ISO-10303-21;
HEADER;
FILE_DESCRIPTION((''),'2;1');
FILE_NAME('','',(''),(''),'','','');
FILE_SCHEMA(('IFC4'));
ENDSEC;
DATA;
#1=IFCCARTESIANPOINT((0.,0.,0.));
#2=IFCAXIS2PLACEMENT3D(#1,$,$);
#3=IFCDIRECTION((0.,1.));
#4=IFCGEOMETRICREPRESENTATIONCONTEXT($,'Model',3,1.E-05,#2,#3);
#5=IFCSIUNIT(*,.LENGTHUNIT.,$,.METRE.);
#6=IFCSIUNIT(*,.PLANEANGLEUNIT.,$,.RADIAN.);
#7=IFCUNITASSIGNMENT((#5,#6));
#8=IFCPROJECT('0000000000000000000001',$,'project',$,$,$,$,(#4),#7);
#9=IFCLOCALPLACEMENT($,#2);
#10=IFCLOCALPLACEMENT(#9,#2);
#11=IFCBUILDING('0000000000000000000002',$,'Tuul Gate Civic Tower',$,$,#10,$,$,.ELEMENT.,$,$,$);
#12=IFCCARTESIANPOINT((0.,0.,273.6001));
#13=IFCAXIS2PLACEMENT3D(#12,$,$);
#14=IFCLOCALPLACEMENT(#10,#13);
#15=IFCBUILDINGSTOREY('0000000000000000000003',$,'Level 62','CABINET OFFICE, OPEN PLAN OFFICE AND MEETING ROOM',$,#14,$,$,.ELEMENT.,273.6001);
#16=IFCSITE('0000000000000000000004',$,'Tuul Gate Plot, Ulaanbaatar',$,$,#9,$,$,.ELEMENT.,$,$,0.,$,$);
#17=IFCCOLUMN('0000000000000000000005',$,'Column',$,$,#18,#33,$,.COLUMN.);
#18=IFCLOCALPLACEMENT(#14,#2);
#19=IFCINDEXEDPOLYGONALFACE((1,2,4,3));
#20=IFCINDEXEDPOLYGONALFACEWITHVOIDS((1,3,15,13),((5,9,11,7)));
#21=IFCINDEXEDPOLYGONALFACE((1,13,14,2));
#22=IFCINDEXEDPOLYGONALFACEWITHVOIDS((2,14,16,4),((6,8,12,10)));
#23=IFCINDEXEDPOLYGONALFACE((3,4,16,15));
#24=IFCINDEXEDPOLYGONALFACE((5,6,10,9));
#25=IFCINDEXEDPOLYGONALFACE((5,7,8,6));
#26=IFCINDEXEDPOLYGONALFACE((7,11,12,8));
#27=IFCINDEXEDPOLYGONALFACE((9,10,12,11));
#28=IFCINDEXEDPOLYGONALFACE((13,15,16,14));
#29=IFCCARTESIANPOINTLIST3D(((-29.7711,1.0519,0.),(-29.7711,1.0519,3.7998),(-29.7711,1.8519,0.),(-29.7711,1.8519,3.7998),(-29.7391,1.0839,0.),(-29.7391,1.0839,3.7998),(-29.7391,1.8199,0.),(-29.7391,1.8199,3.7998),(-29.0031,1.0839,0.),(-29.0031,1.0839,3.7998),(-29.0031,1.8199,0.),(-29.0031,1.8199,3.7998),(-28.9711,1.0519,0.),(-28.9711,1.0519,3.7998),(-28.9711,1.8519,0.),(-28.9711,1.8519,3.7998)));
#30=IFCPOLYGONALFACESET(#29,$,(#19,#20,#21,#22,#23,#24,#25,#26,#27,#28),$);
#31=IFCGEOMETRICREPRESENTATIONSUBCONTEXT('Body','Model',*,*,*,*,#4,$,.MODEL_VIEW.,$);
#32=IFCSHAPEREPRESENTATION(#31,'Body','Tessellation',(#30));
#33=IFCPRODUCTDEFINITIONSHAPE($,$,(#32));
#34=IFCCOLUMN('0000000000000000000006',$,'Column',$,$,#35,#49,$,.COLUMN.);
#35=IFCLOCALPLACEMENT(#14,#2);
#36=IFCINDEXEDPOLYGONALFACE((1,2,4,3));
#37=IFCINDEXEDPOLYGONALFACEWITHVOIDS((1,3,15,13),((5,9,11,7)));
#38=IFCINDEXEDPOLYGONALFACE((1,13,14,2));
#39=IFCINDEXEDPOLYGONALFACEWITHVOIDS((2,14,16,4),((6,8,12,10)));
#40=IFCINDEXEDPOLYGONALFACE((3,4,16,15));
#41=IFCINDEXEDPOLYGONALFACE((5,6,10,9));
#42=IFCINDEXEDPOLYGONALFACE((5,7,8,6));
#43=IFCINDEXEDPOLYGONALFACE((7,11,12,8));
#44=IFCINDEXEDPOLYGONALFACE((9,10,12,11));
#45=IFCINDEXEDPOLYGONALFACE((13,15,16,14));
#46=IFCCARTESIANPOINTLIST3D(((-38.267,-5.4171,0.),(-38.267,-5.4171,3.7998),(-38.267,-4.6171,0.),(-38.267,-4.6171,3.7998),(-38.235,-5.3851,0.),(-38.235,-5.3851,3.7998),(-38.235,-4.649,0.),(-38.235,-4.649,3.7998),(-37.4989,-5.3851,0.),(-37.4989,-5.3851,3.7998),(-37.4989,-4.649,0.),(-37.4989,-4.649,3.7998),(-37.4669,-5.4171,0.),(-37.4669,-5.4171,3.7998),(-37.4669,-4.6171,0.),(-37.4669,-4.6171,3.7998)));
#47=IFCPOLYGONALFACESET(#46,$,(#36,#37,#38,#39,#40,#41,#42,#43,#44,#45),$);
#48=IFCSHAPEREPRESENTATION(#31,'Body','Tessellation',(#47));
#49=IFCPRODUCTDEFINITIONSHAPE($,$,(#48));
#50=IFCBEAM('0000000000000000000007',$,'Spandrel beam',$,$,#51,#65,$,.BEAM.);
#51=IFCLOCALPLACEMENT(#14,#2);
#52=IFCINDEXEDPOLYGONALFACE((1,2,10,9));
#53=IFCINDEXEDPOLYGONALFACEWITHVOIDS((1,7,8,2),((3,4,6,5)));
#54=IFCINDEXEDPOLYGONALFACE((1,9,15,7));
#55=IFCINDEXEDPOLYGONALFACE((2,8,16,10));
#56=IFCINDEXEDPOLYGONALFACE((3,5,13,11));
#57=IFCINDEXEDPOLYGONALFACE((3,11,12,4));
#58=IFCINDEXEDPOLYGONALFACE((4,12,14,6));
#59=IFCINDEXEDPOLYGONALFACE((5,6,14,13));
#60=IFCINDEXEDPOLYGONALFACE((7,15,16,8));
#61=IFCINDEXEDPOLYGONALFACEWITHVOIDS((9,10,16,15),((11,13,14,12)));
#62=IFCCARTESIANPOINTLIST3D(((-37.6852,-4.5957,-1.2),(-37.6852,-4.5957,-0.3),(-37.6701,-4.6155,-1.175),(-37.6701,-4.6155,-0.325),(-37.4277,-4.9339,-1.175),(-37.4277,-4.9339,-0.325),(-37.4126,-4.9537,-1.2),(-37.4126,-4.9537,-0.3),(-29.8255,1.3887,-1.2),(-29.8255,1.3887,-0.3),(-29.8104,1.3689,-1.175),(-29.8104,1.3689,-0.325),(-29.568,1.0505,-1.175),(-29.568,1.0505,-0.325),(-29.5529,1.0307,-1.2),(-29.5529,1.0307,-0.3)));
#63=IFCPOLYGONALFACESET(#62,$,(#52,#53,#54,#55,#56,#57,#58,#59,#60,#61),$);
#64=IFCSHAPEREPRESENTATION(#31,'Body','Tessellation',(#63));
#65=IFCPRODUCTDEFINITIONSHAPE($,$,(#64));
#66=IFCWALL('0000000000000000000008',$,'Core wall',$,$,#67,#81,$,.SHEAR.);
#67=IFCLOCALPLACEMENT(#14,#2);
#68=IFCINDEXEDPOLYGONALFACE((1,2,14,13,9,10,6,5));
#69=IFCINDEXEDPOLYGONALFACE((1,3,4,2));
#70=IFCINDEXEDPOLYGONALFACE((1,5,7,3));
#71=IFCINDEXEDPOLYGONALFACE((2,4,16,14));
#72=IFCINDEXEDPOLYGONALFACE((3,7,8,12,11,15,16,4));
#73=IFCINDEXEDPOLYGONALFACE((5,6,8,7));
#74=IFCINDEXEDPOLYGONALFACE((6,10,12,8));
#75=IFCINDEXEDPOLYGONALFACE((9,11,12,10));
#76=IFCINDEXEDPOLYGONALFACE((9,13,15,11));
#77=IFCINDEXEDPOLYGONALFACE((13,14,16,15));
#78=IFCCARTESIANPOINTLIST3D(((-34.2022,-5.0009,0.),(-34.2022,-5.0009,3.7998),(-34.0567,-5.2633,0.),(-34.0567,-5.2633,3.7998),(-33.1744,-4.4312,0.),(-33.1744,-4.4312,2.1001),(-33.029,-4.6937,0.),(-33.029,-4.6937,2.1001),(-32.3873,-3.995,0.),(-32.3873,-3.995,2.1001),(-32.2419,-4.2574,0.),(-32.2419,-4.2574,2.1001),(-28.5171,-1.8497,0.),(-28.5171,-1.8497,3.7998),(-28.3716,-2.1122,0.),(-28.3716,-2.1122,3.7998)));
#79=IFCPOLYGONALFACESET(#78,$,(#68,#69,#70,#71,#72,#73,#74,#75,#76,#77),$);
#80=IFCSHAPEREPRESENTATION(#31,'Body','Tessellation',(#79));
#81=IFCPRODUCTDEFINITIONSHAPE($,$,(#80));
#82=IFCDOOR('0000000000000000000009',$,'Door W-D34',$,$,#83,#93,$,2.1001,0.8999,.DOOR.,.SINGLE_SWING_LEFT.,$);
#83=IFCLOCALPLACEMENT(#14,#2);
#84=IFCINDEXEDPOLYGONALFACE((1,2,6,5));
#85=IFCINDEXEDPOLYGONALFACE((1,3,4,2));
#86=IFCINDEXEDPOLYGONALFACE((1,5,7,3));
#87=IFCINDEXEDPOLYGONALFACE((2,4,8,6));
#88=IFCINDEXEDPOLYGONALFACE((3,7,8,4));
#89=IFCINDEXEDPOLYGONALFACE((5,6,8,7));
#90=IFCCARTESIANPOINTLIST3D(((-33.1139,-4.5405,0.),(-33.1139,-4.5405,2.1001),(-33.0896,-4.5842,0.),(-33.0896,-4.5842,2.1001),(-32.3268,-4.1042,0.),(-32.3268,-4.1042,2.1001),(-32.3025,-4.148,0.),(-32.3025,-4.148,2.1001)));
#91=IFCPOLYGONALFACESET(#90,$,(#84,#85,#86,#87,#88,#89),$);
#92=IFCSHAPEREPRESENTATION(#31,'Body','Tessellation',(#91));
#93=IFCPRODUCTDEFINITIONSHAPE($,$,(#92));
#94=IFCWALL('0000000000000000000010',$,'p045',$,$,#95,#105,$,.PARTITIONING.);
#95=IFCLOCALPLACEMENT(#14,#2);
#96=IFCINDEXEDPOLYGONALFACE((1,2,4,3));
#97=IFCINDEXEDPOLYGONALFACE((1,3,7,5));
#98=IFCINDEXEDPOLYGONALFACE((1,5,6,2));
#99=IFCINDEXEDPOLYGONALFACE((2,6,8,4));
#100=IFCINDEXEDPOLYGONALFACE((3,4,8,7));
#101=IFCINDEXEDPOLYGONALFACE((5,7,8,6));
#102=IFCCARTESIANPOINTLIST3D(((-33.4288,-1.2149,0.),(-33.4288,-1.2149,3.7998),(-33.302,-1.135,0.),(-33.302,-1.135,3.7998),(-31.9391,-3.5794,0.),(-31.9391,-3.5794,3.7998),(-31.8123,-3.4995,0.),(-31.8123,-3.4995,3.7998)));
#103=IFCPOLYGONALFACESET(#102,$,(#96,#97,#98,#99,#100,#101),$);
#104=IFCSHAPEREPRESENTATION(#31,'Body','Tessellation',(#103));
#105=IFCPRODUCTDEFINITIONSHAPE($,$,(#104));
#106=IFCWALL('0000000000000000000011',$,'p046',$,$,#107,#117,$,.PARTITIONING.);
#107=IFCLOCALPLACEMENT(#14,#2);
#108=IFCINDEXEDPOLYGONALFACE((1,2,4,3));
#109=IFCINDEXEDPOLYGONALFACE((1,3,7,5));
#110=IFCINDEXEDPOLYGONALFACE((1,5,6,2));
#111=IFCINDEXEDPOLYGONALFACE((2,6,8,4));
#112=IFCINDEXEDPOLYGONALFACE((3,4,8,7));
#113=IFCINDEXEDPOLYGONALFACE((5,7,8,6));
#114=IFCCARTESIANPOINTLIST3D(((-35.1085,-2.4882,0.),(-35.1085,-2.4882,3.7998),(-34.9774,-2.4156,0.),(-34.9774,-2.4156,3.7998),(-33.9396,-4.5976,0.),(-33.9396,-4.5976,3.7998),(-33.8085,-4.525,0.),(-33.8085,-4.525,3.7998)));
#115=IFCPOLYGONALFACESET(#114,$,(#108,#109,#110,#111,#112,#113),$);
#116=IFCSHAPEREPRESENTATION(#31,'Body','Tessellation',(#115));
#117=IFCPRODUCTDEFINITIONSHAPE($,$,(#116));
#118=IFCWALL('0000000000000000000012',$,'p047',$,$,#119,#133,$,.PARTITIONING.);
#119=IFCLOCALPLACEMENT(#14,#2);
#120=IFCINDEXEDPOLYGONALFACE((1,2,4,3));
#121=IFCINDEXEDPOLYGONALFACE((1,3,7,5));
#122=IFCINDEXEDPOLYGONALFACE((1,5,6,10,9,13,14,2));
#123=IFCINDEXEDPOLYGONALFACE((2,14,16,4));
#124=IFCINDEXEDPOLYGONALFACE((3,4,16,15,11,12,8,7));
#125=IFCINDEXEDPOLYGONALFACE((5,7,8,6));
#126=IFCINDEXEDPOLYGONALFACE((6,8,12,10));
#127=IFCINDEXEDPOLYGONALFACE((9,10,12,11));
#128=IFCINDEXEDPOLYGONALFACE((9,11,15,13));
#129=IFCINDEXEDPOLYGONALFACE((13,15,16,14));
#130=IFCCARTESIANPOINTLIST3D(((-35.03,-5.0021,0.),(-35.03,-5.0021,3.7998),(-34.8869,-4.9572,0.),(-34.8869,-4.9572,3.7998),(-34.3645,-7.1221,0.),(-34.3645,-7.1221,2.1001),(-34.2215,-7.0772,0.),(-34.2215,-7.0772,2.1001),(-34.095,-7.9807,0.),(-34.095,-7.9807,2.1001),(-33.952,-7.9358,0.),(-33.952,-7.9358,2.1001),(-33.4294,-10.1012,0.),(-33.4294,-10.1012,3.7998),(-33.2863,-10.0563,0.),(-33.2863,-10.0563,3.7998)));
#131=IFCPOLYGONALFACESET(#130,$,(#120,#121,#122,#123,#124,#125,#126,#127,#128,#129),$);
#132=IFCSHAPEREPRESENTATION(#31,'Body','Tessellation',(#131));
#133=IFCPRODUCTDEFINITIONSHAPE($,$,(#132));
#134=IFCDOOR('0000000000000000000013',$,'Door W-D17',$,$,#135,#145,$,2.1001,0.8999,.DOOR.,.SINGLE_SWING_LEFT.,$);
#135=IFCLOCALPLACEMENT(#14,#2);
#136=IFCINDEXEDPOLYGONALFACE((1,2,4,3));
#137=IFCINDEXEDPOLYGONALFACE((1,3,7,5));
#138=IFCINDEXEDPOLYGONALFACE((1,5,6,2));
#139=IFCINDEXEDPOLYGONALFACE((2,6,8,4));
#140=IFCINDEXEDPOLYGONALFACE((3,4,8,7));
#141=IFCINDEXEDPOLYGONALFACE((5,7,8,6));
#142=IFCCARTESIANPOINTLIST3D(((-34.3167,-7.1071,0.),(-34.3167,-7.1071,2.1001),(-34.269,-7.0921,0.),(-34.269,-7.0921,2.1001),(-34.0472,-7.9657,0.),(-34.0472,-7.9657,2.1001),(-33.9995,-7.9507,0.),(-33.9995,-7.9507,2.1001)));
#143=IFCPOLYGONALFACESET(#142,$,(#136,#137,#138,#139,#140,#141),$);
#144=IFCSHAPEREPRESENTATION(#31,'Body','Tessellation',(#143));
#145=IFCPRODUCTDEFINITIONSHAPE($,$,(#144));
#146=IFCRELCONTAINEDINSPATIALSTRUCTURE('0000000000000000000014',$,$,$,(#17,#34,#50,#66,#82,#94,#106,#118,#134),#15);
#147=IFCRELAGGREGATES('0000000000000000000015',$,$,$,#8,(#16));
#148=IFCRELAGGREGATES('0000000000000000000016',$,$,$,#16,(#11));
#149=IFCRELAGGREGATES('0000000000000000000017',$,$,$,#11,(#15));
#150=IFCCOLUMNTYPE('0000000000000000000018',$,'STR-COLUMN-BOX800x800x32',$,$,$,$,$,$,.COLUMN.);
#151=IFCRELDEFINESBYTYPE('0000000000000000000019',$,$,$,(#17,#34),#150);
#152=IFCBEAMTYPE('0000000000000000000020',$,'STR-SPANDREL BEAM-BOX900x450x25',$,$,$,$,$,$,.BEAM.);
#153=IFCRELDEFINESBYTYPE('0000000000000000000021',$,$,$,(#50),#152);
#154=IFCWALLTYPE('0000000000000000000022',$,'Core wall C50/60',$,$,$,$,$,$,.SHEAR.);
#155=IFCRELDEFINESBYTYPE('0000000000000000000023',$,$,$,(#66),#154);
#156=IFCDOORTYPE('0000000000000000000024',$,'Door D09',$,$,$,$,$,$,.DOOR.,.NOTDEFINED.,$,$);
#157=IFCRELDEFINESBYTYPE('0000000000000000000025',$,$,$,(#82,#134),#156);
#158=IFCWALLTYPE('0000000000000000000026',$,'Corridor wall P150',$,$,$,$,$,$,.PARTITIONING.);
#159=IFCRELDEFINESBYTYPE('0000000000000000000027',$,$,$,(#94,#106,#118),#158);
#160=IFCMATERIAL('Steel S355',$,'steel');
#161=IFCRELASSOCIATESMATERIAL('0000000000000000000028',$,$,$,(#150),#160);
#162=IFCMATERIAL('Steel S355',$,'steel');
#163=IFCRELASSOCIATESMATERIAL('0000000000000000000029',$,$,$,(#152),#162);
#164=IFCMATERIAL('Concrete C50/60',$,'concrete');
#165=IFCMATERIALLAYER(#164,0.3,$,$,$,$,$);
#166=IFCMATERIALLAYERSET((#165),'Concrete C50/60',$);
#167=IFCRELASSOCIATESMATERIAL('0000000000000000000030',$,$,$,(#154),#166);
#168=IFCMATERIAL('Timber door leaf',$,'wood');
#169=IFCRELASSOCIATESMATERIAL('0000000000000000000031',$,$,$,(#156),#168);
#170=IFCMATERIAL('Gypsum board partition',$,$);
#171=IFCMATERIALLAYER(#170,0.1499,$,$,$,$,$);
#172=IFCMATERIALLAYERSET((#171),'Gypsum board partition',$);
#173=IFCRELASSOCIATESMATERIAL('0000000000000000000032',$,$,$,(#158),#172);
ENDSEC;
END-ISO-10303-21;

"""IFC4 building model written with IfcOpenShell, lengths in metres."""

from ifc_helpers import new_model, si_unit, direction, frame, frame_2d, origin, origin_2d, place, context, subcontext, project, spatial, rectangle, hollow_rectangle, extrude, material, layer, layer_set, material_profile, profile_set, type_object, element, fill, save


model = new_model("IFC4")

# Units and contexts
model_context = context("Model", 3, precision=1e-05, world=origin(), true_north=direction((0.0, 1.0)))
body_context = subcontext(model_context, "Body", "Model", "MODEL_VIEW")
ifc_project = project(units=[si_unit("LENGTHUNIT", "METRE"), si_unit("PLANEANGLEUNIT", "RADIAN")], contexts=[model_context])

# Site, building, storey
site_placement = place(None, origin())
site = spatial("IfcSite", under=ifc_project, at=site_placement, Name="Tuul Gate Plot, Ulaanbaatar", CompositionType="ELEMENT", RefElevation=0.0)
building_placement = place(site_placement, origin())
building = spatial("IfcBuilding", under=site, at=building_placement, Name="Tuul Gate Civic Tower", CompositionType="ELEMENT")
storey_placement = place(building_placement, frame((0.0, 0.0, 273.6001)))
storey = spatial("IfcBuildingStorey", under=building, at=storey_placement, Name="Level 62", Description="CABINET OFFICE, OPEN PLAN OFFICE AND MEETING ROOM", CompositionType="ELEMENT", Elevation=273.6001)

# Columns
ifc_material_1 = material(Name="Steel S355", Category="steel")
ifc_material_profile_1 = material_profile(ifc_material_1, hollow_rectangle(XDim=0.8, YDim=0.8, WallThickness=0.032, at=origin_2d()), Name="BOX800x800x32")
ifc_profile_set_1 = profile_set([ifc_material_profile_1], Name="Steel S355")
column_type = type_object("IfcColumnType", Name="STR-COLUMN-BOX800x800x32", PredefinedType="COLUMN", material=ifc_profile_set_1)
for number, where, z_axis, x_axis, name in (
    (1, (-29.3711, 1.4519, 0.0), (0.0, 0.0, 1.0), (1.0, 0.0, 0.0), "Column"),
    (2, (-37.8669, -5.0171, 0.0), (0.0, 0.0, 1.0), (1.0, 0.0, 0.0), "Column"),
):
    element("IfcColumn", number, at=place(storey_placement, frame(where, z_axis=z_axis, x_axis=x_axis)), inside=storey, type_object=column_type, Name=name, PredefinedType="COLUMN", context=body_context, shape_type="SweptSolid", body=[
        extrude(hollow_rectangle(XDim=0.8, YDim=0.8, WallThickness=0.032, at=origin_2d()), origin(), (0.0, 0.0, 1.0), 3.7998),
    ])

# Beam
ifc_material_2 = material(Name="Steel S355", Category="steel")
ifc_material_profile_2 = material_profile(ifc_material_2, hollow_rectangle(XDim=0.45, YDim=0.8999, WallThickness=0.0249, at=origin_2d()), Name="BOX900x450x25")
ifc_profile_set_2 = profile_set([ifc_material_profile_2], Name="Steel S355")
beam_type = type_object("IfcBeamType", Name="STR-SPANDREL BEAM-BOX900x450x25", PredefinedType="BEAM", material=ifc_profile_set_2)
beam_placement = place(storey_placement, frame((-29.6892, 1.2097, -0.75), z_axis=(-0.795622, -0.605793, 0.0), x_axis=(0.605793, -0.795622, 0.0)))
element("IfcBeam", 3, at=beam_placement, inside=storey, type_object=beam_type, Name="Spandrel beam", PredefinedType="BEAM", context=body_context, shape_type="SweptSolid", body=[
    extrude(hollow_rectangle(XDim=0.45, YDim=0.8999, WallThickness=0.0249, at=origin_2d()), origin(), (0.0, 0.0, 1.0), 9.8787),
])

# Wall, opening, door
ifc_material_3 = material(Name="Concrete C50/60", Category="concrete")
ifc_layer_1 = layer(ifc_material_3, 0.3)
ifc_layer_set_1 = layer_set([ifc_layer_1], Name="Concrete C50/60")
wall_type_1 = type_object("IfcWallType", Name="Core wall C50/60", PredefinedType="SHEAR", material=ifc_layer_set_1)
wall_1_placement = place(storey_placement, frame((-28.4443, -1.981, 0.0), z_axis=(0.0, 0.0, 1.0), x_axis=(-0.87463, -0.484791, 0.0)))
wall_1 = element("IfcWall", 4, at=wall_1_placement, inside=storey, type_object=wall_type_1, Name="Core wall", PredefinedType="SHEAR", context=body_context, shape_type="SweptSolid", body=[
    extrude(rectangle(XDim=6.5, YDim=0.3, at=frame_2d((3.25, 0.0))), origin(), (0.0, 0.0, 1.0), 3.7998),
])
opening_1_placement = place(wall_1_placement, frame((4.425, 0.0, 0.0)))
opening_1 = element("IfcOpeningElement", 5, at=opening_1_placement, cuts=wall_1, PredefinedType="OPENING", context=body_context, shape_type="SweptSolid", body=[
    extrude(rectangle(XDim=0.8999, YDim=2.1001, at=frame_2d((0.45, 1.05))), frame((0.0, 0.1602, 0.0), z_axis=(0.0, -1.0, 0.0), x_axis=(1.0, 0.0, 0.0)), (0.0, 0.0, 1.0), 0.3201),
])
ifc_material_4 = material(Name="Timber door leaf", Category="wood")
door_type = type_object("IfcDoorType", Name="Door D09", OperationType="NOTDEFINED", PredefinedType="DOOR", material=ifc_material_4)
door_1_placement = place(opening_1_placement, origin())
door_1 = element("IfcDoor", 6, at=door_1_placement, inside=storey, type_object=door_type, Name="Door W-D34", OperationType="SINGLE_SWING_LEFT", OverallHeight=2.1001, OverallWidth=0.8999, PredefinedType="DOOR", context=body_context, shape_type="SweptSolid", body=[
    extrude(rectangle(XDim=0.8999, YDim=2.1001, at=frame_2d((0.45, 1.05))), frame((0.0, 0.0249, 0.0), z_axis=(0.0, -1.0, 0.0), x_axis=(1.0, 0.0, 0.0)), (0.0, 0.0, 1.0), 0.05),
])
fill(opening_1, door_1)

# Walls
ifc_material_5 = material(Name="Gypsum board partition")
ifc_layer_2 = layer(ifc_material_5, 0.1499)
ifc_layer_set_2 = layer_set([ifc_layer_2], Name="Gypsum board partition")
wall_type_2 = type_object("IfcWallType", Name="Corridor wall P150", PredefinedType="PARTITIONING", material=ifc_layer_set_2)
wall_2_placement = place(storey_placement, frame((-33.3655, -1.1748, 0.0), z_axis=(0.0, 0.0, 1.0), x_axis=(0.533066, -0.846074, 0.0)))
element("IfcWall", 7, at=wall_2_placement, inside=storey, type_object=wall_type_2, Name="p045", PredefinedType="PARTITIONING", context=body_context, shape_type="SweptSolid", body=[
    extrude(rectangle(XDim=2.7947, YDim=0.1499, at=frame_2d((1.3975, 0.0))), origin(), (0.0, 0.0, 1.0), 3.7998),
])
wall_3_placement = place(storey_placement, frame((-35.043, -2.4519, 0.0), z_axis=(0.0, 0.0, 1.0), x_axis=(0.484714, -0.874673, 0.0)))
element("IfcWall", 8, at=wall_3_placement, inside=storey, type_object=wall_type_2, Name="p046", PredefinedType="PARTITIONING", context=body_context, shape_type="SweptSolid", body=[
    extrude(rectangle(XDim=2.4116, YDim=0.1499, at=frame_2d((1.2058, 0.0))), origin(), (0.0, 0.0, 1.0), 3.7998),
])

# Wall, opening, door
wall_4_placement = place(storey_placement, frame((-34.9585, -4.9795, 0.0), z_axis=(0.0, 0.0, 1.0), x_axis=(0.299487, -0.9541, 0.0)))
wall_4 = element("IfcWall", 9, at=wall_4_placement, inside=storey, type_object=wall_type_2, Name="p047", PredefinedType="PARTITIONING", context=body_context, shape_type="SweptSolid", body=[
    extrude(rectangle(XDim=5.3445, YDim=0.1499, at=frame_2d((2.6724, 0.0))), origin(), (0.0, 0.0, 1.0), 3.7998),
])
opening_2_placement = place(wall_4_placement, frame((2.2222, 0.0, 0.0)))
opening_2 = element("IfcOpeningElement", 10, at=opening_2_placement, cuts=wall_4, PredefinedType="OPENING", context=body_context, shape_type="SweptSolid", body=[
    extrude(rectangle(XDim=0.8999, YDim=2.1001, at=frame_2d((0.45, 1.05))), frame((0.0, 0.085, 0.0), z_axis=(0.0, -1.0, 0.0), x_axis=(1.0, 0.0, 0.0)), (0.0, 0.0, 1.0), 0.1699),
])
door_2_placement = place(opening_2_placement, frame((0.8999, 0.0, 0.0), z_axis=(0.0, 0.0, 1.0), x_axis=(-1.0, 0.0, 0.0)))
door_2 = element("IfcDoor", 11, at=door_2_placement, inside=storey, type_object=door_type, Name="Door W-D17", OperationType="SINGLE_SWING_LEFT", OverallHeight=2.1001, OverallWidth=0.8999, PredefinedType="DOOR", context=body_context, shape_type="SweptSolid", body=[
    extrude(rectangle(XDim=0.8999, YDim=2.1001, at=frame_2d((0.45, 1.05))), frame((0.0, 0.0249, 0.0), z_axis=(0.0, -1.0, 0.0), x_axis=(1.0, 0.0, 0.0)), (0.0, 0.0, 1.0), 0.05),
])
fill(opening_2, door_2)

save(model, "model.ifc")
